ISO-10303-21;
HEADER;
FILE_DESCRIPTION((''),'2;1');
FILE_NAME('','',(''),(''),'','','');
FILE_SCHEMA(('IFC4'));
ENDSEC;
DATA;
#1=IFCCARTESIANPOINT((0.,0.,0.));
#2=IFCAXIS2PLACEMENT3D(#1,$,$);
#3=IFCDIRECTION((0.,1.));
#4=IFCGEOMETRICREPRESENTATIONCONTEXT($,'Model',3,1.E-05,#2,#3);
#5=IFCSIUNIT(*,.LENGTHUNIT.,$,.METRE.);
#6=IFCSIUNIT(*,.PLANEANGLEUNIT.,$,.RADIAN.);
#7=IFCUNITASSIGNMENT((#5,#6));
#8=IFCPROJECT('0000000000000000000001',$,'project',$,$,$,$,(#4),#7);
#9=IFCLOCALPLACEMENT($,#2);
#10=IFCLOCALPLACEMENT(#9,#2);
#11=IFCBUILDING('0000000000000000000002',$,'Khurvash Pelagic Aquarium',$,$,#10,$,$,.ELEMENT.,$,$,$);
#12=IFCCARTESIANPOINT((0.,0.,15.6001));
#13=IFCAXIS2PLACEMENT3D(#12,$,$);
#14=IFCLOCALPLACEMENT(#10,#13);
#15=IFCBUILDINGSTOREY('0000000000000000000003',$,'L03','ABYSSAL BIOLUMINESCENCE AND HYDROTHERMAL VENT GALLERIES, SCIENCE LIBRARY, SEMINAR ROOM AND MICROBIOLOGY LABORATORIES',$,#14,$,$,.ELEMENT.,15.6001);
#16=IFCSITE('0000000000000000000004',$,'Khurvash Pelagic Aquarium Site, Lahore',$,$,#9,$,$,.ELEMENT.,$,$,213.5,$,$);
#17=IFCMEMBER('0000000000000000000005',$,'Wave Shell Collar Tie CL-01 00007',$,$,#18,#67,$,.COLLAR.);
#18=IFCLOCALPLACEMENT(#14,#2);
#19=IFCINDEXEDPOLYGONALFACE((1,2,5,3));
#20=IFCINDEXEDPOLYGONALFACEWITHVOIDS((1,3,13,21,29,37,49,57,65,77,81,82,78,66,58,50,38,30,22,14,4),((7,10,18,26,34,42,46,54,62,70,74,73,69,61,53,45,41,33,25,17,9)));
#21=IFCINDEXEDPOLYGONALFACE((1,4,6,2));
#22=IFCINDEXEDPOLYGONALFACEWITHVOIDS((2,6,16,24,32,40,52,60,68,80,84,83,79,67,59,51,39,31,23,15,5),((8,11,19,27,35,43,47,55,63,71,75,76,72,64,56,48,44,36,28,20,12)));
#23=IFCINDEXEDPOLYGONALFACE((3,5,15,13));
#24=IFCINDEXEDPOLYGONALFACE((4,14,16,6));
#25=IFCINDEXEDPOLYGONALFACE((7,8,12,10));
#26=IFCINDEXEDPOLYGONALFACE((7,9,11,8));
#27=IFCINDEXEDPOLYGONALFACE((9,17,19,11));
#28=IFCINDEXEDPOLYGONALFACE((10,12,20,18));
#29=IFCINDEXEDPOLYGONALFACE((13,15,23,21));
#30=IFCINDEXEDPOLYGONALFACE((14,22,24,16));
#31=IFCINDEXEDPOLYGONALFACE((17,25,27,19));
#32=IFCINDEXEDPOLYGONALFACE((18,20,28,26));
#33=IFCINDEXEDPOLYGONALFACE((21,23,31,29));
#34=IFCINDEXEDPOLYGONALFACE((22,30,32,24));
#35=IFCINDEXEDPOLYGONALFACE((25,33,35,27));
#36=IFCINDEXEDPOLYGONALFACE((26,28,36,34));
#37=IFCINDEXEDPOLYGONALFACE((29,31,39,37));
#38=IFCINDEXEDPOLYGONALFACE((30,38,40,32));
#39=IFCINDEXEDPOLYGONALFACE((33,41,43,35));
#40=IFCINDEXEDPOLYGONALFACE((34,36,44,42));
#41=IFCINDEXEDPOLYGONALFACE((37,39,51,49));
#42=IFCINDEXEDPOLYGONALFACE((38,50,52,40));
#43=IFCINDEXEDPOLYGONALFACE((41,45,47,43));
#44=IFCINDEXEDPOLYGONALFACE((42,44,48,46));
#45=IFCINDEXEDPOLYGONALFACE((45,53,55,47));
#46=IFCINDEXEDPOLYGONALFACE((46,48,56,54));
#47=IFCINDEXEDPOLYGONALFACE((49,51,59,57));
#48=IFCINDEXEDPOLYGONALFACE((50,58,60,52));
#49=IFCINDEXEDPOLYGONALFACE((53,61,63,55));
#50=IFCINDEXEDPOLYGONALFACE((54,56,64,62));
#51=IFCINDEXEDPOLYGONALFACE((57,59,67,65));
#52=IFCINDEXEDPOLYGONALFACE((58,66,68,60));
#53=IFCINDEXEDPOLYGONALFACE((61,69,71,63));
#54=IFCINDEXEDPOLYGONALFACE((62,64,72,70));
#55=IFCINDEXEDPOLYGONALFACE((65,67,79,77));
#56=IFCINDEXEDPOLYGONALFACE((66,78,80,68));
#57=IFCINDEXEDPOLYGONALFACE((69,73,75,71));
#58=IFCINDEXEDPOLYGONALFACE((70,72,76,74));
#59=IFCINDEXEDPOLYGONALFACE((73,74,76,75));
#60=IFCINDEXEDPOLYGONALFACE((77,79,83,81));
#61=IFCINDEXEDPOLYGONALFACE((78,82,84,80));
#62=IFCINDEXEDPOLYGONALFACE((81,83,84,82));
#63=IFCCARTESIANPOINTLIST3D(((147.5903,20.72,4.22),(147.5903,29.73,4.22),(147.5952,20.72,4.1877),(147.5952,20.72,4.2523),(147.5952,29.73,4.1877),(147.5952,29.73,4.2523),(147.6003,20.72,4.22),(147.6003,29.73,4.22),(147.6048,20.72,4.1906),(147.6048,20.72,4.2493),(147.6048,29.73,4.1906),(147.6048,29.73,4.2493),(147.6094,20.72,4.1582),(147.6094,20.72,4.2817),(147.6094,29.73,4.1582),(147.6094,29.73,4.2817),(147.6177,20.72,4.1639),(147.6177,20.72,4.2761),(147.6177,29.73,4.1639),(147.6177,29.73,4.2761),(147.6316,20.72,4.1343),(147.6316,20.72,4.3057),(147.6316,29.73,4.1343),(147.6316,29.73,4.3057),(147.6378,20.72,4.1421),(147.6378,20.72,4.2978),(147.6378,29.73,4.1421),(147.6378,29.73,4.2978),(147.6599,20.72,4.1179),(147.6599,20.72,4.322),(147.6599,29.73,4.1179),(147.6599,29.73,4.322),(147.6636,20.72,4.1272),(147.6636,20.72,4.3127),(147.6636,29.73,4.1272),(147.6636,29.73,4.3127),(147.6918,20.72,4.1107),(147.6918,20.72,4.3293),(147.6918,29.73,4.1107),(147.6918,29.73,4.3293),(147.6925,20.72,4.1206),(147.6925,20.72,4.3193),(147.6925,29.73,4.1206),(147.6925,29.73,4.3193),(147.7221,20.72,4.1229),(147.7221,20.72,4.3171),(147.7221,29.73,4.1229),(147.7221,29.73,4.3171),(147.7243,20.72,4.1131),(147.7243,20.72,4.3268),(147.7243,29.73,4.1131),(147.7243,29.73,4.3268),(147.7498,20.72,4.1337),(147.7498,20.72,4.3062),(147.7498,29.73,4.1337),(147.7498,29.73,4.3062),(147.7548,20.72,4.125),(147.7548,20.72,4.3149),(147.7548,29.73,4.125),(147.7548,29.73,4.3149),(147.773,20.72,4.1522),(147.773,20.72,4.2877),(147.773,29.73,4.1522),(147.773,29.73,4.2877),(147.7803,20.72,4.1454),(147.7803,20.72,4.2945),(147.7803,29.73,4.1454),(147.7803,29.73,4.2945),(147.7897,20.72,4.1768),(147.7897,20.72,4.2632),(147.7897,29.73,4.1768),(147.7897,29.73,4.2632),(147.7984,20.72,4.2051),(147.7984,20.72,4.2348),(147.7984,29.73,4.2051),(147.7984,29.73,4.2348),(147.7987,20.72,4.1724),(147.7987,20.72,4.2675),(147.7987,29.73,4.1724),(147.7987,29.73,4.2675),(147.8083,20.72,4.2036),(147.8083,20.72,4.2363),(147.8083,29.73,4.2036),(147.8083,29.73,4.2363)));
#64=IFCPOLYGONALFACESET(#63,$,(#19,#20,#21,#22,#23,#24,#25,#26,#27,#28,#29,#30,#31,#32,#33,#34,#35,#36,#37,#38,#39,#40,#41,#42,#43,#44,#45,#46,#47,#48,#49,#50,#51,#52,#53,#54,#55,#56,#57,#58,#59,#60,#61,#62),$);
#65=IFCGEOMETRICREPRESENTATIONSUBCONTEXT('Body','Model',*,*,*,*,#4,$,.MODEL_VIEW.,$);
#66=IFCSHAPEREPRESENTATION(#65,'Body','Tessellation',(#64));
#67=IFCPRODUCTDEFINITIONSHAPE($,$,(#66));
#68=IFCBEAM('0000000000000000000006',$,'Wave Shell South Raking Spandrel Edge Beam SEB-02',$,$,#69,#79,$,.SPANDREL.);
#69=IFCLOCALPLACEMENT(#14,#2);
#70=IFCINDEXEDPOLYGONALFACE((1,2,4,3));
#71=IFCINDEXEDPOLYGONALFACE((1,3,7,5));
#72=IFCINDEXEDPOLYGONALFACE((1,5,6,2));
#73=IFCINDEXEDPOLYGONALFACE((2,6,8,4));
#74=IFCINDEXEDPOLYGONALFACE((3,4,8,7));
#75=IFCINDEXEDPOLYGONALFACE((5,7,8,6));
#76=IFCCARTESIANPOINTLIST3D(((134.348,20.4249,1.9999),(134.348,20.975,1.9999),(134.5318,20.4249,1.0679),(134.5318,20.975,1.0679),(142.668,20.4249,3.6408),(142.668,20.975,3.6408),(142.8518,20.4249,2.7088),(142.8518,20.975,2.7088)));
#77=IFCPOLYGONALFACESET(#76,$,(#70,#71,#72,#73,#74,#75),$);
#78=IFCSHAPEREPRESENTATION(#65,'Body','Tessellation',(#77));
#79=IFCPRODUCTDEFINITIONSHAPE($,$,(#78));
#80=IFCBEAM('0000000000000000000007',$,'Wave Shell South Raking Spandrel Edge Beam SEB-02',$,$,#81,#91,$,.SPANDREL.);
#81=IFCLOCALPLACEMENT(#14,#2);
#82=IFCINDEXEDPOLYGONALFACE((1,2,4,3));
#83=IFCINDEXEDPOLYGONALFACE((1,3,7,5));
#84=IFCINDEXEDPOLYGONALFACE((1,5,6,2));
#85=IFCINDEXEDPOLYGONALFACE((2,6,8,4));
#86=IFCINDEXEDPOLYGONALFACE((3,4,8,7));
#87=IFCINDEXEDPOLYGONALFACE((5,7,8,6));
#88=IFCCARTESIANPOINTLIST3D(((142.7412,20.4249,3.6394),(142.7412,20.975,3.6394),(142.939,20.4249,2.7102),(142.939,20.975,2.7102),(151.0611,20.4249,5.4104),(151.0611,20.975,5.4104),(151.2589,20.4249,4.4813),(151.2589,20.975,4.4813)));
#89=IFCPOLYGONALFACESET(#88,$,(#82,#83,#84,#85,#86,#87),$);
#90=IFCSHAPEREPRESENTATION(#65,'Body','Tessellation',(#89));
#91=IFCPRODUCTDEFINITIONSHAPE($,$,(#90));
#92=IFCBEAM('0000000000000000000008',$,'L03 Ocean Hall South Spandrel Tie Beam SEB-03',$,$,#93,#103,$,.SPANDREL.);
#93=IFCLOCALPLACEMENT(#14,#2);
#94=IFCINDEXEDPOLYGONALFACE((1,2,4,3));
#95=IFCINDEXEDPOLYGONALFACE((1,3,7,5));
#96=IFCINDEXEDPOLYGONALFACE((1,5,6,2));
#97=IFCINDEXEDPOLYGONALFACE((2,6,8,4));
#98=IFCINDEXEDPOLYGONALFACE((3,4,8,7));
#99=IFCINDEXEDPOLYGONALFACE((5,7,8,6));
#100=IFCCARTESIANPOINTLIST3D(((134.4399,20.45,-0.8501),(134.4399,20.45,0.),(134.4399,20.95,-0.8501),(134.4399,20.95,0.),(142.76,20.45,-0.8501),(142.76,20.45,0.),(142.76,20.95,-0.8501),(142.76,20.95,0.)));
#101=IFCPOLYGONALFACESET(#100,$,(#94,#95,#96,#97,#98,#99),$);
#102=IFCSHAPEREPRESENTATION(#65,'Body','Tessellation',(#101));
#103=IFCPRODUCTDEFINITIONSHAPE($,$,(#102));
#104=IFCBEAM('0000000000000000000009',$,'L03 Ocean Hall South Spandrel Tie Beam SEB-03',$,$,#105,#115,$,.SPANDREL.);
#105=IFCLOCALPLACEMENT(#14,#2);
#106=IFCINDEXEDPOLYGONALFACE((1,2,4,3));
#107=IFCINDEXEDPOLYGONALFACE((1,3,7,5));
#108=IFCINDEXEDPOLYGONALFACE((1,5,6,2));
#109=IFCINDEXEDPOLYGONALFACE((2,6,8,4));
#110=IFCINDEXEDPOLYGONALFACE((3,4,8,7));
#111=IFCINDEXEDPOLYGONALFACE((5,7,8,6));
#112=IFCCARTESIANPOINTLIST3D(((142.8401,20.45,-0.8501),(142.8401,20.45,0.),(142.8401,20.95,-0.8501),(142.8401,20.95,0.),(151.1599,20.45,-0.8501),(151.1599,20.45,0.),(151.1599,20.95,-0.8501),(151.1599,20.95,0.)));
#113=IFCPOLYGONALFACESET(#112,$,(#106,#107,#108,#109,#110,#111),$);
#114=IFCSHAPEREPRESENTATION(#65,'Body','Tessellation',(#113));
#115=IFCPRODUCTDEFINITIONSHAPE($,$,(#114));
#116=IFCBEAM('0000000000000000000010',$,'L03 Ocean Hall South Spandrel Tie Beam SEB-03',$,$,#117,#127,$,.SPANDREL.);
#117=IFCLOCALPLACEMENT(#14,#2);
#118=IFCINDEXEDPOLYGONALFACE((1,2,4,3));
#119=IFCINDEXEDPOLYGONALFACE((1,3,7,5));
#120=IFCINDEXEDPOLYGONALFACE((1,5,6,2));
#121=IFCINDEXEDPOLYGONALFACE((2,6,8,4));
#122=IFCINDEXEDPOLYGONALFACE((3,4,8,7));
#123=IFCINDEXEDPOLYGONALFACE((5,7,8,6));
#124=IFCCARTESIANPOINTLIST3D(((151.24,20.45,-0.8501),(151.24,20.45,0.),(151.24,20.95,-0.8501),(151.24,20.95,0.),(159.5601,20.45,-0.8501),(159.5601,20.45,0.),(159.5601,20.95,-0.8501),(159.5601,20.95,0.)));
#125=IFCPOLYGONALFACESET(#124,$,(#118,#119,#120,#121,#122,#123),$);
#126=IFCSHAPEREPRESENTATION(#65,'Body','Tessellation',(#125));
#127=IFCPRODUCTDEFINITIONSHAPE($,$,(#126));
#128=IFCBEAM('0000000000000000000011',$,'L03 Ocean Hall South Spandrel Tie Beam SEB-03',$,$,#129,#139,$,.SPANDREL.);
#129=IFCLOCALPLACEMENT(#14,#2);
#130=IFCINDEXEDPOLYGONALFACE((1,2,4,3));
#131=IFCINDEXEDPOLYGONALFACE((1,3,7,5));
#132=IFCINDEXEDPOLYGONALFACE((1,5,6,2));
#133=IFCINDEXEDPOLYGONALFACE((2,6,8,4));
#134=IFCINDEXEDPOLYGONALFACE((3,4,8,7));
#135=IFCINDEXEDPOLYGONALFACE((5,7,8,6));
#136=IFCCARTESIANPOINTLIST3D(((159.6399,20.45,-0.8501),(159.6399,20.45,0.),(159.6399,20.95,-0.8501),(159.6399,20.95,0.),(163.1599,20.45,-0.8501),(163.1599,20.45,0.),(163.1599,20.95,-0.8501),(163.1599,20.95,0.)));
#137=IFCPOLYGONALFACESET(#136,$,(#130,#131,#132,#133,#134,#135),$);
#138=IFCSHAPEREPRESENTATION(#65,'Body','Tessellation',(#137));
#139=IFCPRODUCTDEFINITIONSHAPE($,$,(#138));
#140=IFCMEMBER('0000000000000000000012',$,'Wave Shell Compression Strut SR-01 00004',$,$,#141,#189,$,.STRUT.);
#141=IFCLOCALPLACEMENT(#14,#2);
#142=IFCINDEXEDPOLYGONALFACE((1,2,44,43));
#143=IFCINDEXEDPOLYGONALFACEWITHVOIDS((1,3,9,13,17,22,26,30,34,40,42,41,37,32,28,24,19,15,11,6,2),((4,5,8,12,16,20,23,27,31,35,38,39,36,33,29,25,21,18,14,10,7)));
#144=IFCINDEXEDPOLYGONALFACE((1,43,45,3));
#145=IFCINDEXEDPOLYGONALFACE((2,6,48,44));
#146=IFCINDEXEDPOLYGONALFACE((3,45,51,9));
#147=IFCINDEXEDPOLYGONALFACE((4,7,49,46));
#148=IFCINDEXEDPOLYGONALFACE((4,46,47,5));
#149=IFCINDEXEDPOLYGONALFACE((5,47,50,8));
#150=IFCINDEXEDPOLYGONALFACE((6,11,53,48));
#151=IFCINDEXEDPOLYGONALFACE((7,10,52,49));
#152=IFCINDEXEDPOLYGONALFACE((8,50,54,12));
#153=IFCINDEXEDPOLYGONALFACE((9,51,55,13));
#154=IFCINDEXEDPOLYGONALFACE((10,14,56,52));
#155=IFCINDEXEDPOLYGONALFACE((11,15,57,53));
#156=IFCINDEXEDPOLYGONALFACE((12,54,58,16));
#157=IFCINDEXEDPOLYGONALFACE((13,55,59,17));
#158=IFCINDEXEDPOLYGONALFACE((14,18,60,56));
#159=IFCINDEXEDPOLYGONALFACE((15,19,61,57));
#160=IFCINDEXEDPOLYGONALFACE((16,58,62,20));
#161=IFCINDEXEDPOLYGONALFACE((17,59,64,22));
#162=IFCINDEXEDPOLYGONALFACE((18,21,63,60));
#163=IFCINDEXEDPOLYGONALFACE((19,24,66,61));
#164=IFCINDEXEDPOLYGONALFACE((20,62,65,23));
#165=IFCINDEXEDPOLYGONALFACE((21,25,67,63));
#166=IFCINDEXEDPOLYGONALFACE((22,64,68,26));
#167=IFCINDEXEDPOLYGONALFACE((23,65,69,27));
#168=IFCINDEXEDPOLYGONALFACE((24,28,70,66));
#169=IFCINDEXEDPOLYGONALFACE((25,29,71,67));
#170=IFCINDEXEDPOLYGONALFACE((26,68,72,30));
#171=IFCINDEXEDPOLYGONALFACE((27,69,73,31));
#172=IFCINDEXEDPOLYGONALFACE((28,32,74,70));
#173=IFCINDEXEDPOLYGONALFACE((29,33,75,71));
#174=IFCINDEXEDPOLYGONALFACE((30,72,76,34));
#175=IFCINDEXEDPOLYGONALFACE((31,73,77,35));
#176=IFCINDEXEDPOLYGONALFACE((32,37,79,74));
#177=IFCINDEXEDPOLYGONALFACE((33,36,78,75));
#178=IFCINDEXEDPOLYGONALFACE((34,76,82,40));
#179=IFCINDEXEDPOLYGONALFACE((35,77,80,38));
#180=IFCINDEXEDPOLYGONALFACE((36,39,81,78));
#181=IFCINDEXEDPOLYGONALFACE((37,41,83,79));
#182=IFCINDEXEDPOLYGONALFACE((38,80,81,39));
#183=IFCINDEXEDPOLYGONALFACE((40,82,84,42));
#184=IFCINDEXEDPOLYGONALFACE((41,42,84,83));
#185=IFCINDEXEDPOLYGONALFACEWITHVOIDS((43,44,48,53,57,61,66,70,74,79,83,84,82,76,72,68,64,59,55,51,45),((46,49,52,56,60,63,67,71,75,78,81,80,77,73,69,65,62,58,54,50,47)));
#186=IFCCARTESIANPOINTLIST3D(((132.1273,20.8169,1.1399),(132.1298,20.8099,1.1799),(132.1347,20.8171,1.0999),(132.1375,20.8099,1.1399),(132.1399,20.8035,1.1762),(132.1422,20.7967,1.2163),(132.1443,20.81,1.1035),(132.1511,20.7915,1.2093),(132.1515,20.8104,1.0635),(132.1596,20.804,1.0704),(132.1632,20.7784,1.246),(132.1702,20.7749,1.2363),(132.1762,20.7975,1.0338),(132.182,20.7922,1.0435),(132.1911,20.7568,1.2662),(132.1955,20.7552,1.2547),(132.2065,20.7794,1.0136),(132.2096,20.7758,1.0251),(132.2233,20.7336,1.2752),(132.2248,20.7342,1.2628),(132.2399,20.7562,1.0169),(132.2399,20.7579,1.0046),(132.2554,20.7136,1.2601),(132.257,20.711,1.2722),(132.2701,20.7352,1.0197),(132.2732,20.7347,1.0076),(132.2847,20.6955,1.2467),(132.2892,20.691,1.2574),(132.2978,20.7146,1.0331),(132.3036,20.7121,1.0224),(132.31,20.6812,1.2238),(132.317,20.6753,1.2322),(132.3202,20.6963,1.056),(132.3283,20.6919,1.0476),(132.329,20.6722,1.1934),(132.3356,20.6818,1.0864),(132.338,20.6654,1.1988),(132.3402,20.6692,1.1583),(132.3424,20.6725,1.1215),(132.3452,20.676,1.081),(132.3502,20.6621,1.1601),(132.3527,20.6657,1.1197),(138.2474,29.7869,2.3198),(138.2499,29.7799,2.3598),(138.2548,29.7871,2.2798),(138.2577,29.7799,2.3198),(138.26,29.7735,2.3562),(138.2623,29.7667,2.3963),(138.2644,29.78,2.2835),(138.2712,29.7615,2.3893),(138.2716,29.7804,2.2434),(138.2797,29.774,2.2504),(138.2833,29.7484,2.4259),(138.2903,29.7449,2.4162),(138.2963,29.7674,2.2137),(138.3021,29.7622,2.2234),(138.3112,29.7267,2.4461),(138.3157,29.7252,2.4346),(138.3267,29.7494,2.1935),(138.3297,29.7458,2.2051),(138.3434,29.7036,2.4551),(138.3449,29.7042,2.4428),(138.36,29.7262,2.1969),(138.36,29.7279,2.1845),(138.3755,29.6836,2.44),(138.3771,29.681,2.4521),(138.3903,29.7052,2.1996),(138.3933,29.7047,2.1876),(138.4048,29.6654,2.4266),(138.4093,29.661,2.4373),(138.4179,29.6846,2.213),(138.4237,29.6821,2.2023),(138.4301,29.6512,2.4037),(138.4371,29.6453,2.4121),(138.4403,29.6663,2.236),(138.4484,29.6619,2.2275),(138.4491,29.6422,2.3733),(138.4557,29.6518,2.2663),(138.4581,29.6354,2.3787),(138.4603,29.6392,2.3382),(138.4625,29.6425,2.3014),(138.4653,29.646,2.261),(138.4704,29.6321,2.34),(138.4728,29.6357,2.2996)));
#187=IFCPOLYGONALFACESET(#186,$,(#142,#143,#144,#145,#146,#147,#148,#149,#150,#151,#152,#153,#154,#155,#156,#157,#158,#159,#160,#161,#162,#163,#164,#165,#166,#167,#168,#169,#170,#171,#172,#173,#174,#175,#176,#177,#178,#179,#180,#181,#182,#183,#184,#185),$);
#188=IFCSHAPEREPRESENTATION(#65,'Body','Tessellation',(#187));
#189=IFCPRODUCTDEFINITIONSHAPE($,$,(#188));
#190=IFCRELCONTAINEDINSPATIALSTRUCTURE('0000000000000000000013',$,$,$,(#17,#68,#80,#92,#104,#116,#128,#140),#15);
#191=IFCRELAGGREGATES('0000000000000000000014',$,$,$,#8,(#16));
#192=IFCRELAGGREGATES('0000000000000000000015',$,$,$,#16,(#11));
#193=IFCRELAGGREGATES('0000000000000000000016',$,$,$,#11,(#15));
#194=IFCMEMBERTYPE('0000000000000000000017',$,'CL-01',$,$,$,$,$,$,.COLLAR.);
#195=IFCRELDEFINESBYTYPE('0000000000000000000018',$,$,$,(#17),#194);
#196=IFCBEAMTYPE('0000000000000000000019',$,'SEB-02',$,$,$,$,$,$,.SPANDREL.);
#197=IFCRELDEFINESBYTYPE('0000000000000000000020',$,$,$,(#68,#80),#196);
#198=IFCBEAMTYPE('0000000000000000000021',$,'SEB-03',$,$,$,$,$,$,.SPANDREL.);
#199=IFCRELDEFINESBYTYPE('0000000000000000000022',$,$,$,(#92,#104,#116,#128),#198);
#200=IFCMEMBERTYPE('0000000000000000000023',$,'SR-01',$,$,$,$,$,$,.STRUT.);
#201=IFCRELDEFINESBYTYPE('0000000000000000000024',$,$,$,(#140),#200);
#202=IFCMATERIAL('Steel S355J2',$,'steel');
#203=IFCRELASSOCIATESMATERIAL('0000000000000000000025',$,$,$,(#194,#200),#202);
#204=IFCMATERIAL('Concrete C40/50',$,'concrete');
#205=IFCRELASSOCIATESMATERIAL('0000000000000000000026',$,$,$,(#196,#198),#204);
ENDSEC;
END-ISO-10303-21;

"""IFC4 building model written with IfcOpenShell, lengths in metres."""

from ifc_helpers import new_model, si_unit, direction, frame, origin, origin_2d, place, context, subcontext, project, spatial, rectangle, hollow_circle, extrude, material, material_profile, profile_set, type_object, element, save


model = new_model("IFC4")

# Units and contexts
model_context = context("Model", 3, precision=1e-05, world=origin(), true_north=direction((0.0, 1.0)))
body_context = subcontext(model_context, "Body", "Model", "MODEL_VIEW")
ifc_project = project(units=[si_unit("LENGTHUNIT", "METRE"), si_unit("PLANEANGLEUNIT", "RADIAN")], contexts=[model_context])

# Site, building, storey
site_placement = place(None, origin())
site = spatial("IfcSite", under=ifc_project, at=site_placement, Name="Khurvash Pelagic Aquarium Site, Lahore", CompositionType="ELEMENT", RefElevation=213.5)
building_placement = place(site_placement, origin())
building = spatial("IfcBuilding", under=site, at=building_placement, Name="Khurvash Pelagic Aquarium", CompositionType="ELEMENT")
storey_placement = place(building_placement, frame((0.0, 0.0, 15.6001)))
storey = spatial("IfcBuildingStorey", under=building, at=storey_placement, Name="L03", Description="ABYSSAL BIOLUMINESCENCE AND HYDROTHERMAL VENT GALLERIES, SCIENCE LIBRARY, SEMINAR ROOM AND MICROBIOLOGY LABORATORIES", CompositionType="ELEMENT", Elevation=15.6001)

# Shared definitions
ifc_material_1 = material(Name="Concrete C40/50", Category="concrete")

# Member
ifc_material_2 = material(Name="Steel S355J2", Category="steel")
ifc_material_profile_1 = material_profile(ifc_material_2, hollow_circle(Radius=0.1096, WallThickness=0.01, at=origin_2d()), Name="CHS219X10")
ifc_profile_set_1 = profile_set([ifc_material_profile_1], Name="Steel S355J2")
member_type_1 = type_object("IfcMemberType", Name="CL-01", PredefinedType="COLLAR", material=ifc_profile_set_1)
for number, where, z_axis, x_axis, name in (
    (1, (147.7, 20.72, 4.22), (0.0, 1.0, 0.0), (-1.0, 0.0, 0.0), "Wave Shell Collar Tie CL-01 00007"),
):
    element("IfcMember", number, at=place(storey_placement, frame(where, z_axis=z_axis, x_axis=x_axis)), inside=storey, type_object=member_type_1, Name=name, PredefinedType="COLLAR", context=body_context, shape_type="SweptSolid", body=[
        extrude(hollow_circle(Radius=0.1096, WallThickness=0.01, at=origin_2d()), origin(), (0.0, 0.0, 1.0), 9.01),
    ])

# Beams
ifc_material_profile_2 = material_profile(ifc_material_1, rectangle(XDim=0.55, YDim=0.95, at=origin_2d()), Name="RC550X950")
ifc_profile_set_2 = profile_set([ifc_material_profile_2], Name="Concrete C40/50")
beam_type_1 = type_object("IfcBeamType", Name="SEB-02", PredefinedType="SPANDREL", material=ifc_profile_set_2)
beam_1_placement = place(storey_placement, frame((134.4399, 20.7, 1.5339), z_axis=(0.981102, 0.0, 0.193491), x_axis=(0.0, 1.0, 0.0)))
element("IfcBeam", 2, at=beam_1_placement, inside=storey, type_object=beam_type_1, Name="Wave Shell South Raking Spandrel Edge Beam SEB-02", PredefinedType="SPANDREL", context=body_context, shape_type="SweptSolid", body=[
    extrude(rectangle(XDim=0.55, YDim=0.95, at=origin_2d()), origin(), (0.0, 0.0, 1.0), 8.4802),
])
beam_2_placement = place(storey_placement, frame((142.8401, 20.7, 3.1748), z_axis=(0.978086, 0.0, 0.2082), x_axis=(0.0, 1.0, 0.0)))
element("IfcBeam", 3, at=beam_2_placement, inside=storey, type_object=beam_type_1, Name="Wave Shell South Raking Spandrel Edge Beam SEB-02", PredefinedType="SPANDREL", context=body_context, shape_type="SweptSolid", body=[
    extrude(rectangle(XDim=0.55, YDim=0.95, at=origin_2d()), origin(), (0.0, 0.0, 1.0), 8.5063),
])
ifc_material_profile_3 = material_profile(ifc_material_1, rectangle(XDim=0.5, YDim=0.8501, at=origin_2d()), Name="RC500X850")
ifc_profile_set_3 = profile_set([ifc_material_profile_3], Name="Concrete C40/50")
beam_type_2 = type_object("IfcBeamType", Name="SEB-03", PredefinedType="SPANDREL", material=ifc_profile_set_3)
beam_3_placement = place(storey_placement, frame((134.4399, 20.7, -0.425), z_axis=(1.0, 0.0, 0.0), x_axis=(0.0, 1.0, 0.0)))
element("IfcBeam", 4, at=beam_3_placement, inside=storey, type_object=beam_type_2, Name="L03 Ocean Hall South Spandrel Tie Beam SEB-03", PredefinedType="SPANDREL", context=body_context, shape_type="SweptSolid", body=[
    extrude(rectangle(XDim=0.5, YDim=0.8501, at=origin_2d()), origin(), (0.0, 0.0, 1.0), 8.3201),
])
beam_4_placement = place(storey_placement, frame((142.8401, 20.7, -0.425), z_axis=(1.0, 0.0, 0.0), x_axis=(0.0, 1.0, 0.0)))
element("IfcBeam", 5, at=beam_4_placement, inside=storey, type_object=beam_type_2, Name="L03 Ocean Hall South Spandrel Tie Beam SEB-03", PredefinedType="SPANDREL", context=body_context, shape_type="SweptSolid", body=[
    extrude(rectangle(XDim=0.5, YDim=0.8501, at=origin_2d()), origin(), (0.0, 0.0, 1.0), 8.3198),
])
beam_5_placement = place(storey_placement, frame((151.24, 20.7, -0.425), z_axis=(1.0, 0.0, 0.0), x_axis=(0.0, 1.0, 0.0)))
element("IfcBeam", 6, at=beam_5_placement, inside=storey, type_object=beam_type_2, Name="L03 Ocean Hall South Spandrel Tie Beam SEB-03", PredefinedType="SPANDREL", context=body_context, shape_type="SweptSolid", body=[
    extrude(rectangle(XDim=0.5, YDim=0.8501, at=origin_2d()), origin(), (0.0, 0.0, 1.0), 8.3201),
])
beam_6_placement = place(storey_placement, frame((159.6399, 20.7, -0.425), z_axis=(1.0, 0.0, 0.0), x_axis=(0.0, 1.0, 0.0)))
element("IfcBeam", 7, at=beam_6_placement, inside=storey, type_object=beam_type_2, Name="L03 Ocean Hall South Spandrel Tie Beam SEB-03", PredefinedType="SPANDREL", context=body_context, shape_type="SweptSolid", body=[
    extrude(rectangle(XDim=0.5, YDim=0.8501, at=origin_2d()), origin(), (0.0, 0.0, 1.0), 3.52),
])

# Member
ifc_material_profile_4 = material_profile(ifc_material_2, hollow_circle(Radius=0.1365, WallThickness=0.0125, at=origin_2d()), Name="CHS273X12")
ifc_profile_set_4 = profile_set([ifc_material_profile_4], Name="Steel S355J2")
member_type_2 = type_object("IfcMemberType", Name="SR-01", PredefinedType="STRUT", material=ifc_profile_set_4)
member_1_placement = place(storey_placement, frame((132.24, 20.74, 1.1399), z_axis=(0.560305, 0.821212, 0.108024), x_axis=(-0.826046, 0.563603, 0.0)))
element("IfcMember", 8, at=member_1_placement, inside=storey, type_object=member_type_2, Name="Wave Shell Compression Strut SR-01 00004", PredefinedType="STRUT", context=body_context, shape_type="SweptSolid", body=[
    extrude(hollow_circle(Radius=0.1365, WallThickness=0.0125, at=origin_2d()), origin(), (0.0, 0.0, 1.0), 10.9229),
])

save(model, "model.ifc")
